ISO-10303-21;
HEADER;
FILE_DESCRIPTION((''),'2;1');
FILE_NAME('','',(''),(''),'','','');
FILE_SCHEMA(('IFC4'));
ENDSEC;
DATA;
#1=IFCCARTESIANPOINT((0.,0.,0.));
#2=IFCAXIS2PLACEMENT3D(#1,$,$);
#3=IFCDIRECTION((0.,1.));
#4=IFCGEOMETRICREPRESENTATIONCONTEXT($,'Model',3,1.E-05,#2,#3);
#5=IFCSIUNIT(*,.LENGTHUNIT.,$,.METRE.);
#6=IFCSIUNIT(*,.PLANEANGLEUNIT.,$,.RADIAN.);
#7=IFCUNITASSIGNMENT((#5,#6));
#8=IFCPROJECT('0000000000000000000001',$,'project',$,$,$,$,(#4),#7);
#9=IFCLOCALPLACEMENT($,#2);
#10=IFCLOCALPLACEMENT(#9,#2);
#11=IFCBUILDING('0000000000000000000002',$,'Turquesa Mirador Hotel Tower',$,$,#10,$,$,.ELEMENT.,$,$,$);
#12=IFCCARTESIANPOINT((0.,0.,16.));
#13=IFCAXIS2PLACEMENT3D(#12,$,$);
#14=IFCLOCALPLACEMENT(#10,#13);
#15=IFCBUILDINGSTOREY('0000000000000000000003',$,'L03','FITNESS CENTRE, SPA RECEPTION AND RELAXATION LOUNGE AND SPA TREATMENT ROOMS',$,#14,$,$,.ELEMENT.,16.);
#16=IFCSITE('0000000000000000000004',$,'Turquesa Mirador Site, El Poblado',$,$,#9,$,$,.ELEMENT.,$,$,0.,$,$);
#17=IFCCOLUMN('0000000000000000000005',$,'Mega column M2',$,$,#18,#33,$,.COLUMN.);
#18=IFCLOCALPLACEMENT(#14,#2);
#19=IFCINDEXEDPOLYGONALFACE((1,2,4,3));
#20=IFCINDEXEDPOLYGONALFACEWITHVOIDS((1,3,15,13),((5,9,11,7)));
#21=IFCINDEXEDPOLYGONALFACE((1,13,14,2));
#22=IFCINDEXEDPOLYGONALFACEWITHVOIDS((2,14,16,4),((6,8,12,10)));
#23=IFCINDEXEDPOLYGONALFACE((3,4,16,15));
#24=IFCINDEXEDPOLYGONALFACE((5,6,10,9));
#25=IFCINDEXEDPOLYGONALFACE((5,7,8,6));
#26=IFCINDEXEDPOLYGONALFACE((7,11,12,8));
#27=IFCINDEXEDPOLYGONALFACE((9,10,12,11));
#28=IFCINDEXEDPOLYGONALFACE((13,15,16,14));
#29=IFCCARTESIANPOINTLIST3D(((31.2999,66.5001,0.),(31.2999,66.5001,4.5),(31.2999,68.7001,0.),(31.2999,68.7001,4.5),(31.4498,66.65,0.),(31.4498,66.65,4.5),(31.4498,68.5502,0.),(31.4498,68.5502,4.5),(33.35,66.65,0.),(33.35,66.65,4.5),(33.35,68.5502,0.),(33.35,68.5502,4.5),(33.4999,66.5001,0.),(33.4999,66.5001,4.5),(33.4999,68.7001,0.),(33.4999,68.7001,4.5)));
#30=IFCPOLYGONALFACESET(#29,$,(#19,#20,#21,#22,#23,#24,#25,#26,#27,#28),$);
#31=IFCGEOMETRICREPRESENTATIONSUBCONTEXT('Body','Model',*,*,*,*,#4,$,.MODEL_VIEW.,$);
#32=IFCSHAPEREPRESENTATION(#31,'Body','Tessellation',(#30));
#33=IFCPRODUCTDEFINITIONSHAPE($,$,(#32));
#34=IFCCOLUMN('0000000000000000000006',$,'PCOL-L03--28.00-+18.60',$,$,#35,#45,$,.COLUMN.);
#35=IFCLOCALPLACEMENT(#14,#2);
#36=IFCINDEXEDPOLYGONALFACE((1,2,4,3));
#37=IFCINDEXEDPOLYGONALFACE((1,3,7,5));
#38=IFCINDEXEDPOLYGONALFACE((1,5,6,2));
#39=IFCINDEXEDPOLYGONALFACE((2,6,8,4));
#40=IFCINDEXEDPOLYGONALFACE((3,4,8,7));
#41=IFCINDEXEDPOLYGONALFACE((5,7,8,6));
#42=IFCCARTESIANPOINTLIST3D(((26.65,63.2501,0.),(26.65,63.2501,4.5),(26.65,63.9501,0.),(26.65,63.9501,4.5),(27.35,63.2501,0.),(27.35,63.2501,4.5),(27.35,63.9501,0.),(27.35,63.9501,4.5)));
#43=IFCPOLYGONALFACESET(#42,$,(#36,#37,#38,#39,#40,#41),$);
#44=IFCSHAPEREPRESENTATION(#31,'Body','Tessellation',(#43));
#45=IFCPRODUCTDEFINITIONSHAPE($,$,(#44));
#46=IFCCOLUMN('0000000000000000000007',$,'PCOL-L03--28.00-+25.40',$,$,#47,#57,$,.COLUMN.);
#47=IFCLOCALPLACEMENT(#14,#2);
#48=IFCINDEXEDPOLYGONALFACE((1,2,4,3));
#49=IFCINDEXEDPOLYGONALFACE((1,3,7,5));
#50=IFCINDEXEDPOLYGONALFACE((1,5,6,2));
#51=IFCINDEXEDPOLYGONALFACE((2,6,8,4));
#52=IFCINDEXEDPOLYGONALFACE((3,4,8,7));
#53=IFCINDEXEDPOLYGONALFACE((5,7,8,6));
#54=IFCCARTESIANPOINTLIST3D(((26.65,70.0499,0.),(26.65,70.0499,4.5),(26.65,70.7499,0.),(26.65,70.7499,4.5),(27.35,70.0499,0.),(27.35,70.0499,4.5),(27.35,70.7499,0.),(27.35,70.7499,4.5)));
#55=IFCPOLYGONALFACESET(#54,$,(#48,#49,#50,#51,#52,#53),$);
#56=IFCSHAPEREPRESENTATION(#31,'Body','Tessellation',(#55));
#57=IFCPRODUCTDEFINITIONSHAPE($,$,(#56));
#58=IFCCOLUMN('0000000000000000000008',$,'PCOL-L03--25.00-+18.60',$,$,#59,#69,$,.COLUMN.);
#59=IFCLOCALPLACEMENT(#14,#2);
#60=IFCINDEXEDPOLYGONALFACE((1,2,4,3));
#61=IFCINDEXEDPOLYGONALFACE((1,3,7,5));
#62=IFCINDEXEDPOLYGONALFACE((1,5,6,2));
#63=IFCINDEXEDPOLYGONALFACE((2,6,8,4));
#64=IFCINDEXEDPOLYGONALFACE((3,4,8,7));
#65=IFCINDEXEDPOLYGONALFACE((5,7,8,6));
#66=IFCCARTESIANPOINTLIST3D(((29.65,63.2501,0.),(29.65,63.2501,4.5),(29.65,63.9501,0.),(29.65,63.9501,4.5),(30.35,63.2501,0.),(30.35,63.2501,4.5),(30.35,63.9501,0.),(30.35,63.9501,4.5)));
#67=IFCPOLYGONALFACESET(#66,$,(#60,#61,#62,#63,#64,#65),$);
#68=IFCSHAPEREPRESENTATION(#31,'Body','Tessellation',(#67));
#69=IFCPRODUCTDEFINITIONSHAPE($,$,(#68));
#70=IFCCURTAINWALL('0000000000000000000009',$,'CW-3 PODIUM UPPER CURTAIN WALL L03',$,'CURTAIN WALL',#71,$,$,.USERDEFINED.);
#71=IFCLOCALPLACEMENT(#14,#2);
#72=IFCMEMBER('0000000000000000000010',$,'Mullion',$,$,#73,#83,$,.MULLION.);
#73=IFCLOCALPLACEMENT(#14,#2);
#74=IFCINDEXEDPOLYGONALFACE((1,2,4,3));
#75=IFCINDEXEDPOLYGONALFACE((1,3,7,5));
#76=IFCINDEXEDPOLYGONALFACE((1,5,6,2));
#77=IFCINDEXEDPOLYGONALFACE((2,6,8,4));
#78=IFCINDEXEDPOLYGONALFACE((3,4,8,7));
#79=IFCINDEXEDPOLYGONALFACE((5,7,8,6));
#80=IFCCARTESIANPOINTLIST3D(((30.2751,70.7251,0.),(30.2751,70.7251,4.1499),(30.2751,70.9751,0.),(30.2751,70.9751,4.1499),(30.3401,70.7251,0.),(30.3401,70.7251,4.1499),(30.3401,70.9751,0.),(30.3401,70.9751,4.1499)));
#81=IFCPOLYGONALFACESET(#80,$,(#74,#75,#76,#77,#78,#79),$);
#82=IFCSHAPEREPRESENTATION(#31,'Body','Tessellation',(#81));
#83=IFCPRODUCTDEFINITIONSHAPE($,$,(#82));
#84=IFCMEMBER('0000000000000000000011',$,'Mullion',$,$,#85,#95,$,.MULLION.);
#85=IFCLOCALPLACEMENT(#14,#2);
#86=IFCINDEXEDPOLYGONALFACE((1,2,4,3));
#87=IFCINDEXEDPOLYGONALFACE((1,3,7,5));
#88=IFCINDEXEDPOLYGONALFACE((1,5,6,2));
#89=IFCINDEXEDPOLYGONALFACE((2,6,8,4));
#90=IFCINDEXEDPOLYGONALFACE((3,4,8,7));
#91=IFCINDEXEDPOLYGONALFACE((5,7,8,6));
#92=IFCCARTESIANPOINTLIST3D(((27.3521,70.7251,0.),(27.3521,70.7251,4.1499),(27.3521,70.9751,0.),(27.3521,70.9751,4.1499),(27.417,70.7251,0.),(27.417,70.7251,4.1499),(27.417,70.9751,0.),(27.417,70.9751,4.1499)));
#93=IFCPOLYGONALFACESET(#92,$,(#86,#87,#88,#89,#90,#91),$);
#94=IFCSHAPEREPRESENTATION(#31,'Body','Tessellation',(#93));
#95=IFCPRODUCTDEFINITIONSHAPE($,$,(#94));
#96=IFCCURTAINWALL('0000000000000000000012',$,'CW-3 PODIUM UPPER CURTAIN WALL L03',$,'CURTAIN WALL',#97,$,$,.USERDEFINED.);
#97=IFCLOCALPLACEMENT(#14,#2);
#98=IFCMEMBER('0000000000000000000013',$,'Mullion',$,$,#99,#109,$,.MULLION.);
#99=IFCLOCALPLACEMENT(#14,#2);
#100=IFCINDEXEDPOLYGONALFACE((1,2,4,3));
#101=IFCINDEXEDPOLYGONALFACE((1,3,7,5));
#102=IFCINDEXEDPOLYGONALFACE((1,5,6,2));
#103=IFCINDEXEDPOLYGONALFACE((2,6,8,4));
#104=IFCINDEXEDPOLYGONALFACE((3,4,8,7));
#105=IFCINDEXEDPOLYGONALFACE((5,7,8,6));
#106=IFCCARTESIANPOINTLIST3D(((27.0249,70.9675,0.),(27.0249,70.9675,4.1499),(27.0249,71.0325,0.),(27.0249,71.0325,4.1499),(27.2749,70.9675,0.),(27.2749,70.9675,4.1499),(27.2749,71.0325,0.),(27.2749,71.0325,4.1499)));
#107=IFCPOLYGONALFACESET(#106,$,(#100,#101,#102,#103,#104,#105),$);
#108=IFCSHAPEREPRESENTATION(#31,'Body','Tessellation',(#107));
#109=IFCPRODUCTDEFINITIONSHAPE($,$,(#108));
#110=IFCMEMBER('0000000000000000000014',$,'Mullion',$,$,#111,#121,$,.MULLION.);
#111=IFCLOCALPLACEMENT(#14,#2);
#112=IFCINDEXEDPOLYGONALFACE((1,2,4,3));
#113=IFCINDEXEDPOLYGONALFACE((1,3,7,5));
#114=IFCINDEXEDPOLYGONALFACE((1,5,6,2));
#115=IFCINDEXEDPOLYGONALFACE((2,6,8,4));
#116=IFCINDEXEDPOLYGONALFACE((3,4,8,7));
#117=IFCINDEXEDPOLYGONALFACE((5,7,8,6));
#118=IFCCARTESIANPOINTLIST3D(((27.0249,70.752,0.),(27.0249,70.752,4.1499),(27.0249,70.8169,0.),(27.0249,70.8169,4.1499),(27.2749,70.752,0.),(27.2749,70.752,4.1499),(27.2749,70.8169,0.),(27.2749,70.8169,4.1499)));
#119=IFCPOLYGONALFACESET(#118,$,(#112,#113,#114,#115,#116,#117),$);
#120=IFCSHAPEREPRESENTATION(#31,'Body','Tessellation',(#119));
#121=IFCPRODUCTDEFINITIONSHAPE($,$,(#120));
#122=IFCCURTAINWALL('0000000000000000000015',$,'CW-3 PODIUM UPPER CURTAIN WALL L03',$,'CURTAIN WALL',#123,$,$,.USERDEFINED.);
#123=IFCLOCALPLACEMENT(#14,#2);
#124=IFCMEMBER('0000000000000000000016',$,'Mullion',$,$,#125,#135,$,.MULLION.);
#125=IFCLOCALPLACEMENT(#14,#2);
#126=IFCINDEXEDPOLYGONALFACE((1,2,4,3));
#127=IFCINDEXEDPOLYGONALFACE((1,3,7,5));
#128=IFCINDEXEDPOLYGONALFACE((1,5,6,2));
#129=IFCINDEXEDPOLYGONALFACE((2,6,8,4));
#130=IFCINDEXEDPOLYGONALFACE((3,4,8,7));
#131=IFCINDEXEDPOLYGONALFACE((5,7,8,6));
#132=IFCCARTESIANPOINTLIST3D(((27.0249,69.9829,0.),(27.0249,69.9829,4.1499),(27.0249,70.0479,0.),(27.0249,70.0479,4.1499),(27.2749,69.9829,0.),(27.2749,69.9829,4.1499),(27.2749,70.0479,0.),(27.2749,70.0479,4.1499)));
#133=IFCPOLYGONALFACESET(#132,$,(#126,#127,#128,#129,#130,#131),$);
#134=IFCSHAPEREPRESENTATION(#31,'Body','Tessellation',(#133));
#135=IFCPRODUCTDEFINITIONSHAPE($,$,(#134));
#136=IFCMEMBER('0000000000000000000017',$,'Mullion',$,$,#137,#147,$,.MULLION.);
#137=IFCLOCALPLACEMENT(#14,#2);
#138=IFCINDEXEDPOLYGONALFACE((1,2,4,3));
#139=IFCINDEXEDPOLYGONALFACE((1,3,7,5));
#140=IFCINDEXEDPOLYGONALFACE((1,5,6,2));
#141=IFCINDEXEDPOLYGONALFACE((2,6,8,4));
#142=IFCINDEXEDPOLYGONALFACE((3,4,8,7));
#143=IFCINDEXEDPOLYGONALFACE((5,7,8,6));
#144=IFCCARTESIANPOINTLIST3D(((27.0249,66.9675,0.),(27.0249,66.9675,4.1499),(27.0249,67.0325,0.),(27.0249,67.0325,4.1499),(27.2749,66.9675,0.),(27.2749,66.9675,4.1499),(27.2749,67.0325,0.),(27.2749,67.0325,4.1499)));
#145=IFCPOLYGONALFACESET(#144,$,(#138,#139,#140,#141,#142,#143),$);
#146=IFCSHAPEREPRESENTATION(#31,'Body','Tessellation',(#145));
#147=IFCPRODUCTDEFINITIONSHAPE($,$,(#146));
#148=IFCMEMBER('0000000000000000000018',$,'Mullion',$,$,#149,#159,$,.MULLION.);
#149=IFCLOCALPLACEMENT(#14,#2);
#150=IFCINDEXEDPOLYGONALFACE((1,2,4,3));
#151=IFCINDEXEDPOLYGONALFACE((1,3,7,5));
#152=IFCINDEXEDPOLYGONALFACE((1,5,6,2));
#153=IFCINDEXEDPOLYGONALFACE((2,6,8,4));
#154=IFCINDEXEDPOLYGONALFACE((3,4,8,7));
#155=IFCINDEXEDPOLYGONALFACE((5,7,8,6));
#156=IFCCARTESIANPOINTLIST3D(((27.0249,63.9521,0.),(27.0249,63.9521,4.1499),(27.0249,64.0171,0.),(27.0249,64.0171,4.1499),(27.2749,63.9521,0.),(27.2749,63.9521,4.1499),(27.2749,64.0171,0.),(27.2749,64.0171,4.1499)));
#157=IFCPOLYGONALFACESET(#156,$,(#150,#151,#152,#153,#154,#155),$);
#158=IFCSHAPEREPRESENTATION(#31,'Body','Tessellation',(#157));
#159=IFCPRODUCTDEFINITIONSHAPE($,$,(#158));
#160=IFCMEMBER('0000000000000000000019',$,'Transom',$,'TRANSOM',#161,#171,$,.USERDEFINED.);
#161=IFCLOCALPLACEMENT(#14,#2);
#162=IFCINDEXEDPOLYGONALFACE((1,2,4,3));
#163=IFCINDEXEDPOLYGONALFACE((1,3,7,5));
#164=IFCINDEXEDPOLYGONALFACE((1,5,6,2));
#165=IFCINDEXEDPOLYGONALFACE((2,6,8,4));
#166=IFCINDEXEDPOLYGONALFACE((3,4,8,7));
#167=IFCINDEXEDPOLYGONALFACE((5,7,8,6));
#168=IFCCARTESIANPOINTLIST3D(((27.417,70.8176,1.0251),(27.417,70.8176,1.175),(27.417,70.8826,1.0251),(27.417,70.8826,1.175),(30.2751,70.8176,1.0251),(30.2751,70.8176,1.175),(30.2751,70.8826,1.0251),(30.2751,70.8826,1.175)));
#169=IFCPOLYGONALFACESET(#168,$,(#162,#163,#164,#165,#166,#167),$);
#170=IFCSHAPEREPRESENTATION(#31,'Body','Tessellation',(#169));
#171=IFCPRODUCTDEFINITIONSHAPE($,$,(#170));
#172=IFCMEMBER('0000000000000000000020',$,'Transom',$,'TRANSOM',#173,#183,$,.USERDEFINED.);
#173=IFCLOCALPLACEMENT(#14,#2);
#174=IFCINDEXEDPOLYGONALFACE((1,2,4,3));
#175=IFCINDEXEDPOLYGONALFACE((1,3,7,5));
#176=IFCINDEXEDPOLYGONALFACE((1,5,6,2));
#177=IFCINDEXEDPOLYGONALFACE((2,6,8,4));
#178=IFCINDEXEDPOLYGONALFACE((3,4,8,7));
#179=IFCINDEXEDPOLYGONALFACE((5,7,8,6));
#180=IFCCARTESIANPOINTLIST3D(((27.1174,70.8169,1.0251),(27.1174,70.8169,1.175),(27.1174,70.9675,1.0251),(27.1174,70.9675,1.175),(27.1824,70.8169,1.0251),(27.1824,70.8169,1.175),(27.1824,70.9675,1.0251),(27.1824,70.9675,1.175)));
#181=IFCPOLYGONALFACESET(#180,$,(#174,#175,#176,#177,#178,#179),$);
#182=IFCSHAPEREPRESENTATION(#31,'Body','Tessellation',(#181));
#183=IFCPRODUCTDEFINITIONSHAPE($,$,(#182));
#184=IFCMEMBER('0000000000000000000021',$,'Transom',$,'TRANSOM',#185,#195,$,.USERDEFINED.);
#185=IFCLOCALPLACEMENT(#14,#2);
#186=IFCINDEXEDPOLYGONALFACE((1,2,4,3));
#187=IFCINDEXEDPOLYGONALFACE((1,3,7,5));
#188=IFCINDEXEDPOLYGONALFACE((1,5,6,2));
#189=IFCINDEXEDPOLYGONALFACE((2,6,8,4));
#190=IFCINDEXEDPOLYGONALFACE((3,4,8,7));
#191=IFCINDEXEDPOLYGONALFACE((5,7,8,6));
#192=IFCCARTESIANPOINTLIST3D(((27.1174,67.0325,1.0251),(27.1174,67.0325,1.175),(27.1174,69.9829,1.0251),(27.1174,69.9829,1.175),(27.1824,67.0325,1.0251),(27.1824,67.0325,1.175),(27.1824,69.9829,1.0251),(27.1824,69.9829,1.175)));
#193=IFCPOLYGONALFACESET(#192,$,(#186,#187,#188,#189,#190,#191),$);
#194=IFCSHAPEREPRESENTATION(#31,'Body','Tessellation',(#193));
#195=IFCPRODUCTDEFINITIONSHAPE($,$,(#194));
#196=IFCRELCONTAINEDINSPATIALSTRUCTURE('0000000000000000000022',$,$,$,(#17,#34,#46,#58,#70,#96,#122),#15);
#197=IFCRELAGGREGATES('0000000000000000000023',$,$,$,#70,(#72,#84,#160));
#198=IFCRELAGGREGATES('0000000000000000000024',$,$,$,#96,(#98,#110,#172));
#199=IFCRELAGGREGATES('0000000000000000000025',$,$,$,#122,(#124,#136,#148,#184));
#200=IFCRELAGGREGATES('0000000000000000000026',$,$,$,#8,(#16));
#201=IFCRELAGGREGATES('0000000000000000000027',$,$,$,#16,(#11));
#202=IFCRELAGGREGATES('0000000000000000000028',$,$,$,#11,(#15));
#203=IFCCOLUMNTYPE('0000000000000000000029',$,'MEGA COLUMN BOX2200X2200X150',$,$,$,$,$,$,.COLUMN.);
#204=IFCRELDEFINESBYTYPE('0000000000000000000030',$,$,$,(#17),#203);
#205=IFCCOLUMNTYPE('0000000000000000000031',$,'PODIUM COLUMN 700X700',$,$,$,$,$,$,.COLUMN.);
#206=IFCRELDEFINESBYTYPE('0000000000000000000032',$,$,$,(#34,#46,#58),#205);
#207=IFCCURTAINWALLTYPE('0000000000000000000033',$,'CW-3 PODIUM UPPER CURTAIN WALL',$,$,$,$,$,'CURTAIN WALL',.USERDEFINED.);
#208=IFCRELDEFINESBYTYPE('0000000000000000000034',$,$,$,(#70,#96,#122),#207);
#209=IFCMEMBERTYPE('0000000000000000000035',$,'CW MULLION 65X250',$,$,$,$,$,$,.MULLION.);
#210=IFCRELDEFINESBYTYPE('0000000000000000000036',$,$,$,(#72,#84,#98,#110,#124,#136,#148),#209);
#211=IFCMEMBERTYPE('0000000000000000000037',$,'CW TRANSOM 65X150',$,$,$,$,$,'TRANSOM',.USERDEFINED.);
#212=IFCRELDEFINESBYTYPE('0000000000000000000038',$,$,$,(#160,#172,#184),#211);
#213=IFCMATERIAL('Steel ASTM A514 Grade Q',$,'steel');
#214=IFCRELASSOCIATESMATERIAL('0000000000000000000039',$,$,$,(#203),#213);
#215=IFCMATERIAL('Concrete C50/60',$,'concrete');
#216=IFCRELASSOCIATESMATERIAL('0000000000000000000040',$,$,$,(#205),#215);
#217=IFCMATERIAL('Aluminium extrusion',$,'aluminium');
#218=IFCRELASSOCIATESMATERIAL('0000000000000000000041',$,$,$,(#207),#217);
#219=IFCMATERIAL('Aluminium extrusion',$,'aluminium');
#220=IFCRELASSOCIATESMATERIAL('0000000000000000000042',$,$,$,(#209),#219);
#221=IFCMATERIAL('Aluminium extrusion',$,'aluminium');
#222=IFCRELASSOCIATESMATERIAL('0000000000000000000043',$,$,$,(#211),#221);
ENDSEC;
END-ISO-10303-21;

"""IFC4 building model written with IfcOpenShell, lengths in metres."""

from ifc_helpers import new_model, si_unit, direction, frame, origin, origin_2d, place, context, subcontext, project, spatial, rectangle, hollow_rectangle, extrude, material, material_profile, profile_set, type_object, element, aggregate, save


model = new_model("IFC4")

# Units and contexts
model_context = context("Model", 3, precision=1e-05, world=origin(), true_north=direction((0.0, 1.0)))
body_context = subcontext(model_context, "Body", "Model", "MODEL_VIEW")
ifc_project = project(units=[si_unit("LENGTHUNIT", "METRE"), si_unit("PLANEANGLEUNIT", "RADIAN")], contexts=[model_context])

# Site, building, storey
site_placement = place(None, origin())
site = spatial("IfcSite", under=ifc_project, at=site_placement, Name="Turquesa Mirador Site, El Poblado", CompositionType="ELEMENT", RefElevation=0.0)
building_placement = place(site_placement, origin())
building = spatial("IfcBuilding", under=site, at=building_placement, Name="Turquesa Mirador Hotel Tower", CompositionType="ELEMENT")
storey_placement = place(building_placement, frame((0.0, 0.0, 16.0)))
storey = spatial("IfcBuildingStorey", under=building, at=storey_placement, Name="L03", Description="FITNESS CENTRE, SPA RECEPTION AND RELAXATION LOUNGE AND SPA TREATMENT ROOMS", CompositionType="ELEMENT", Elevation=16.0)

# Columns
ifc_material_1 = material(Name="Steel ASTM A514 Grade Q", Category="steel")
ifc_material_profile_1 = material_profile(ifc_material_1, hollow_rectangle(XDim=2.2, YDim=2.2, WallThickness=0.1499, at=origin_2d()), Name="BOX2200X2200X150")
ifc_profile_set_1 = profile_set([ifc_material_profile_1], Name="Steel ASTM A514 Grade Q")
column_type_1 = type_object("IfcColumnType", Name="MEGA COLUMN BOX2200X2200X150", PredefinedType="COLUMN", material=ifc_profile_set_1)
column_placement = place(storey_placement, frame((32.3999, 67.6001, 0.0), z_axis=(0.0, 0.0, 1.0), x_axis=(1.0, 0.0, 0.0)))
element("IfcColumn", 1, at=column_placement, inside=storey, type_object=column_type_1, Name="Mega column M2", PredefinedType="COLUMN", context=body_context, shape_type="SweptSolid", body=[
    extrude(hollow_rectangle(XDim=2.2, YDim=2.2, WallThickness=0.1499, at=origin_2d()), origin(), (0.0, 0.0, 1.0), 4.5),
])
ifc_material_2 = material(Name="Concrete C50/60", Category="concrete")
ifc_material_profile_2 = material_profile(ifc_material_2, rectangle(XDim=0.7, YDim=0.7, at=origin_2d()), Name="RC 700X700")
ifc_profile_set_2 = profile_set([ifc_material_profile_2], Name="Concrete C50/60")
column_type_2 = type_object("IfcColumnType", Name="PODIUM COLUMN 700X700", PredefinedType="COLUMN", material=ifc_profile_set_2)
for number, where, z_axis, x_axis, name in (
    (2, (27.0, 63.6001, 0.0), (0.0, 0.0, 1.0), (1.0, 0.0, 0.0), "PCOL-L03--28.00-+18.60"),
    (3, (27.0, 70.3999, 0.0), (0.0, 0.0, 1.0), (1.0, 0.0, 0.0), "PCOL-L03--28.00-+25.40"),
    (4, (30.0, 63.6001, 0.0), (0.0, 0.0, 1.0), (1.0, 0.0, 0.0), "PCOL-L03--25.00-+18.60"),
):
    element("IfcColumn", number, at=place(storey_placement, frame(where, z_axis=z_axis, x_axis=x_axis)), inside=storey, type_object=column_type_2, Name=name, PredefinedType="COLUMN", context=body_context, shape_type="SweptSolid", body=[
        extrude(rectangle(XDim=0.7, YDim=0.7, at=origin_2d()), origin(), (0.0, 0.0, 1.0), 4.5),
    ])

# Curtain walls, members
ifc_material_3 = material(Name="Aluminium extrusion", Category="aluminium")
curtain_wall_type = type_object("IfcCurtainWallType", Name="CW-3 PODIUM UPPER CURTAIN WALL", ElementType="CURTAIN WALL", PredefinedType="USERDEFINED", material=ifc_material_3)
curtain_wall_1_placement = place(storey_placement, origin())
curtain_wall_1 = element("IfcCurtainWall", 5, at=curtain_wall_1_placement, inside=storey, type_object=curtain_wall_type, Name="CW-3 PODIUM UPPER CURTAIN WALL L03", ObjectType="CURTAIN WALL", PredefinedType="USERDEFINED")
ifc_material_4 = material(Name="Aluminium extrusion", Category="aluminium")
ifc_material_profile_3 = material_profile(ifc_material_4, rectangle(XDim=0.0649, YDim=0.25, at=origin_2d()), Name="MULLION 65X250")
ifc_profile_set_3 = profile_set([ifc_material_profile_3], Name="Aluminium extrusion")
member_type_1 = type_object("IfcMemberType", Name="CW MULLION 65X250", PredefinedType="MULLION", material=ifc_profile_set_3)
member_1_placement = place(storey_placement, frame((30.3076, 70.8501, 0.0), z_axis=(0.0, 0.0, 1.0), x_axis=(-1.0, 0.0, 0.0)))
member_1 = element("IfcMember", 6, at=member_1_placement, type_object=member_type_1, Name="Mullion", PredefinedType="MULLION", context=body_context, shape_type="SweptSolid", body=[
    extrude(rectangle(XDim=0.0649, YDim=0.25, at=origin_2d()), origin(), (0.0, 0.0, 1.0), 4.1499),
])
member_2_placement = place(storey_placement, frame((27.3845, 70.8501, 0.0), z_axis=(0.0, 0.0, 1.0), x_axis=(-1.0, 0.0, 0.0)))
member_2 = element("IfcMember", 7, at=member_2_placement, type_object=member_type_1, Name="Mullion", PredefinedType="MULLION", context=body_context, shape_type="SweptSolid", body=[
    extrude(rectangle(XDim=0.0649, YDim=0.25, at=origin_2d()), origin(), (0.0, 0.0, 1.0), 4.1499),
])
curtain_wall_2_placement = place(storey_placement, origin())
curtain_wall_2 = element("IfcCurtainWall", 8, at=curtain_wall_2_placement, inside=storey, type_object=curtain_wall_type, Name="CW-3 PODIUM UPPER CURTAIN WALL L03", ObjectType="CURTAIN WALL", PredefinedType="USERDEFINED")
member_3_placement = place(storey_placement, frame((27.1499, 71.0, 0.0), z_axis=(0.0, 0.0, 1.0), x_axis=(0.0, -1.0, 0.0)))
member_3 = element("IfcMember", 9, at=member_3_placement, type_object=member_type_1, Name="Mullion", PredefinedType="MULLION", context=body_context, shape_type="SweptSolid", body=[
    extrude(rectangle(XDim=0.0649, YDim=0.25, at=origin_2d()), origin(), (0.0, 0.0, 1.0), 4.1499),
])
member_4_placement = place(storey_placement, frame((27.1499, 70.7844, 0.0), z_axis=(0.0, 0.0, 1.0), x_axis=(0.0, -1.0, 0.0)))
member_4 = element("IfcMember", 10, at=member_4_placement, type_object=member_type_1, Name="Mullion", PredefinedType="MULLION", context=body_context, shape_type="SweptSolid", body=[
    extrude(rectangle(XDim=0.0649, YDim=0.25, at=origin_2d()), origin(), (0.0, 0.0, 1.0), 4.1499),
])
curtain_wall_3_placement = place(storey_placement, origin())
curtain_wall_3 = element("IfcCurtainWall", 11, at=curtain_wall_3_placement, inside=storey, type_object=curtain_wall_type, Name="CW-3 PODIUM UPPER CURTAIN WALL L03", ObjectType="CURTAIN WALL", PredefinedType="USERDEFINED")
member_5_placement = place(storey_placement, frame((27.1499, 70.0154, 0.0), z_axis=(0.0, 0.0, 1.0), x_axis=(0.0, -1.0, 0.0)))
member_5 = element("IfcMember", 12, at=member_5_placement, type_object=member_type_1, Name="Mullion", PredefinedType="MULLION", context=body_context, shape_type="SweptSolid", body=[
    extrude(rectangle(XDim=0.0649, YDim=0.25, at=origin_2d()), origin(), (0.0, 0.0, 1.0), 4.1499),
])
member_6_placement = place(storey_placement, frame((27.1499, 67.0, 0.0), z_axis=(0.0, 0.0, 1.0), x_axis=(0.0, -1.0, 0.0)))
member_6 = element("IfcMember", 13, at=member_6_placement, type_object=member_type_1, Name="Mullion", PredefinedType="MULLION", context=body_context, shape_type="SweptSolid", body=[
    extrude(rectangle(XDim=0.0649, YDim=0.25, at=origin_2d()), origin(), (0.0, 0.0, 1.0), 4.1499),
])
member_7_placement = place(storey_placement, frame((27.1499, 63.9846, 0.0), z_axis=(0.0, 0.0, 1.0), x_axis=(0.0, -1.0, 0.0)))
member_7 = element("IfcMember", 14, at=member_7_placement, type_object=member_type_1, Name="Mullion", PredefinedType="MULLION", context=body_context, shape_type="SweptSolid", body=[
    extrude(rectangle(XDim=0.0649, YDim=0.25, at=origin_2d()), origin(), (0.0, 0.0, 1.0), 4.1499),
])

# Members
ifc_material_5 = material(Name="Aluminium extrusion", Category="aluminium")
ifc_material_profile_4 = material_profile(ifc_material_5, rectangle(XDim=0.0649, YDim=0.1499, at=origin_2d()), Name="TRANSOM 65X150")
ifc_profile_set_4 = profile_set([ifc_material_profile_4], Name="Aluminium extrusion")
member_type_2 = type_object("IfcMemberType", Name="CW TRANSOM 65X150", ElementType="TRANSOM", PredefinedType="USERDEFINED", material=ifc_profile_set_4)
member_8_placement = place(storey_placement, frame((30.2751, 70.8501, 1.1001), z_axis=(-1.0, 0.0, 0.0), x_axis=(0.0, -1.0, 0.0)))
member_8 = element("IfcMember", 15, at=member_8_placement, type_object=member_type_2, Name="Transom", ObjectType="TRANSOM", PredefinedType="USERDEFINED", context=body_context, shape_type="SweptSolid", body=[
    extrude(rectangle(XDim=0.0649, YDim=0.1499, at=origin_2d()), origin(), (0.0, 0.0, 1.0), 2.8582),
])
member_9_placement = place(storey_placement, frame((27.1499, 70.9675, 1.1001), z_axis=(0.0, -1.0, 0.0), x_axis=(1.0, 0.0, 0.0)))
member_9 = element("IfcMember", 16, at=member_9_placement, type_object=member_type_2, Name="Transom", ObjectType="TRANSOM", PredefinedType="USERDEFINED", context=body_context, shape_type="SweptSolid", body=[
    extrude(rectangle(XDim=0.0649, YDim=0.1499, at=origin_2d()), origin(), (0.0, 0.0, 1.0), 0.1506),
])
member_10_placement = place(storey_placement, frame((27.1499, 69.9829, 1.1001), z_axis=(0.0, -1.0, 0.0), x_axis=(1.0, 0.0, 0.0)))
member_10 = element("IfcMember", 17, at=member_10_placement, type_object=member_type_2, Name="Transom", ObjectType="TRANSOM", PredefinedType="USERDEFINED", context=body_context, shape_type="SweptSolid", body=[
    extrude(rectangle(XDim=0.0649, YDim=0.1499, at=origin_2d()), origin(), (0.0, 0.0, 1.0), 2.9504),
])

aggregate(curtain_wall_1, [member_1, member_2, member_8])
aggregate(curtain_wall_2, [member_3, member_4, member_9])
aggregate(curtain_wall_3, [member_5, member_6, member_7, member_10])

save(model, "model.ifc")
